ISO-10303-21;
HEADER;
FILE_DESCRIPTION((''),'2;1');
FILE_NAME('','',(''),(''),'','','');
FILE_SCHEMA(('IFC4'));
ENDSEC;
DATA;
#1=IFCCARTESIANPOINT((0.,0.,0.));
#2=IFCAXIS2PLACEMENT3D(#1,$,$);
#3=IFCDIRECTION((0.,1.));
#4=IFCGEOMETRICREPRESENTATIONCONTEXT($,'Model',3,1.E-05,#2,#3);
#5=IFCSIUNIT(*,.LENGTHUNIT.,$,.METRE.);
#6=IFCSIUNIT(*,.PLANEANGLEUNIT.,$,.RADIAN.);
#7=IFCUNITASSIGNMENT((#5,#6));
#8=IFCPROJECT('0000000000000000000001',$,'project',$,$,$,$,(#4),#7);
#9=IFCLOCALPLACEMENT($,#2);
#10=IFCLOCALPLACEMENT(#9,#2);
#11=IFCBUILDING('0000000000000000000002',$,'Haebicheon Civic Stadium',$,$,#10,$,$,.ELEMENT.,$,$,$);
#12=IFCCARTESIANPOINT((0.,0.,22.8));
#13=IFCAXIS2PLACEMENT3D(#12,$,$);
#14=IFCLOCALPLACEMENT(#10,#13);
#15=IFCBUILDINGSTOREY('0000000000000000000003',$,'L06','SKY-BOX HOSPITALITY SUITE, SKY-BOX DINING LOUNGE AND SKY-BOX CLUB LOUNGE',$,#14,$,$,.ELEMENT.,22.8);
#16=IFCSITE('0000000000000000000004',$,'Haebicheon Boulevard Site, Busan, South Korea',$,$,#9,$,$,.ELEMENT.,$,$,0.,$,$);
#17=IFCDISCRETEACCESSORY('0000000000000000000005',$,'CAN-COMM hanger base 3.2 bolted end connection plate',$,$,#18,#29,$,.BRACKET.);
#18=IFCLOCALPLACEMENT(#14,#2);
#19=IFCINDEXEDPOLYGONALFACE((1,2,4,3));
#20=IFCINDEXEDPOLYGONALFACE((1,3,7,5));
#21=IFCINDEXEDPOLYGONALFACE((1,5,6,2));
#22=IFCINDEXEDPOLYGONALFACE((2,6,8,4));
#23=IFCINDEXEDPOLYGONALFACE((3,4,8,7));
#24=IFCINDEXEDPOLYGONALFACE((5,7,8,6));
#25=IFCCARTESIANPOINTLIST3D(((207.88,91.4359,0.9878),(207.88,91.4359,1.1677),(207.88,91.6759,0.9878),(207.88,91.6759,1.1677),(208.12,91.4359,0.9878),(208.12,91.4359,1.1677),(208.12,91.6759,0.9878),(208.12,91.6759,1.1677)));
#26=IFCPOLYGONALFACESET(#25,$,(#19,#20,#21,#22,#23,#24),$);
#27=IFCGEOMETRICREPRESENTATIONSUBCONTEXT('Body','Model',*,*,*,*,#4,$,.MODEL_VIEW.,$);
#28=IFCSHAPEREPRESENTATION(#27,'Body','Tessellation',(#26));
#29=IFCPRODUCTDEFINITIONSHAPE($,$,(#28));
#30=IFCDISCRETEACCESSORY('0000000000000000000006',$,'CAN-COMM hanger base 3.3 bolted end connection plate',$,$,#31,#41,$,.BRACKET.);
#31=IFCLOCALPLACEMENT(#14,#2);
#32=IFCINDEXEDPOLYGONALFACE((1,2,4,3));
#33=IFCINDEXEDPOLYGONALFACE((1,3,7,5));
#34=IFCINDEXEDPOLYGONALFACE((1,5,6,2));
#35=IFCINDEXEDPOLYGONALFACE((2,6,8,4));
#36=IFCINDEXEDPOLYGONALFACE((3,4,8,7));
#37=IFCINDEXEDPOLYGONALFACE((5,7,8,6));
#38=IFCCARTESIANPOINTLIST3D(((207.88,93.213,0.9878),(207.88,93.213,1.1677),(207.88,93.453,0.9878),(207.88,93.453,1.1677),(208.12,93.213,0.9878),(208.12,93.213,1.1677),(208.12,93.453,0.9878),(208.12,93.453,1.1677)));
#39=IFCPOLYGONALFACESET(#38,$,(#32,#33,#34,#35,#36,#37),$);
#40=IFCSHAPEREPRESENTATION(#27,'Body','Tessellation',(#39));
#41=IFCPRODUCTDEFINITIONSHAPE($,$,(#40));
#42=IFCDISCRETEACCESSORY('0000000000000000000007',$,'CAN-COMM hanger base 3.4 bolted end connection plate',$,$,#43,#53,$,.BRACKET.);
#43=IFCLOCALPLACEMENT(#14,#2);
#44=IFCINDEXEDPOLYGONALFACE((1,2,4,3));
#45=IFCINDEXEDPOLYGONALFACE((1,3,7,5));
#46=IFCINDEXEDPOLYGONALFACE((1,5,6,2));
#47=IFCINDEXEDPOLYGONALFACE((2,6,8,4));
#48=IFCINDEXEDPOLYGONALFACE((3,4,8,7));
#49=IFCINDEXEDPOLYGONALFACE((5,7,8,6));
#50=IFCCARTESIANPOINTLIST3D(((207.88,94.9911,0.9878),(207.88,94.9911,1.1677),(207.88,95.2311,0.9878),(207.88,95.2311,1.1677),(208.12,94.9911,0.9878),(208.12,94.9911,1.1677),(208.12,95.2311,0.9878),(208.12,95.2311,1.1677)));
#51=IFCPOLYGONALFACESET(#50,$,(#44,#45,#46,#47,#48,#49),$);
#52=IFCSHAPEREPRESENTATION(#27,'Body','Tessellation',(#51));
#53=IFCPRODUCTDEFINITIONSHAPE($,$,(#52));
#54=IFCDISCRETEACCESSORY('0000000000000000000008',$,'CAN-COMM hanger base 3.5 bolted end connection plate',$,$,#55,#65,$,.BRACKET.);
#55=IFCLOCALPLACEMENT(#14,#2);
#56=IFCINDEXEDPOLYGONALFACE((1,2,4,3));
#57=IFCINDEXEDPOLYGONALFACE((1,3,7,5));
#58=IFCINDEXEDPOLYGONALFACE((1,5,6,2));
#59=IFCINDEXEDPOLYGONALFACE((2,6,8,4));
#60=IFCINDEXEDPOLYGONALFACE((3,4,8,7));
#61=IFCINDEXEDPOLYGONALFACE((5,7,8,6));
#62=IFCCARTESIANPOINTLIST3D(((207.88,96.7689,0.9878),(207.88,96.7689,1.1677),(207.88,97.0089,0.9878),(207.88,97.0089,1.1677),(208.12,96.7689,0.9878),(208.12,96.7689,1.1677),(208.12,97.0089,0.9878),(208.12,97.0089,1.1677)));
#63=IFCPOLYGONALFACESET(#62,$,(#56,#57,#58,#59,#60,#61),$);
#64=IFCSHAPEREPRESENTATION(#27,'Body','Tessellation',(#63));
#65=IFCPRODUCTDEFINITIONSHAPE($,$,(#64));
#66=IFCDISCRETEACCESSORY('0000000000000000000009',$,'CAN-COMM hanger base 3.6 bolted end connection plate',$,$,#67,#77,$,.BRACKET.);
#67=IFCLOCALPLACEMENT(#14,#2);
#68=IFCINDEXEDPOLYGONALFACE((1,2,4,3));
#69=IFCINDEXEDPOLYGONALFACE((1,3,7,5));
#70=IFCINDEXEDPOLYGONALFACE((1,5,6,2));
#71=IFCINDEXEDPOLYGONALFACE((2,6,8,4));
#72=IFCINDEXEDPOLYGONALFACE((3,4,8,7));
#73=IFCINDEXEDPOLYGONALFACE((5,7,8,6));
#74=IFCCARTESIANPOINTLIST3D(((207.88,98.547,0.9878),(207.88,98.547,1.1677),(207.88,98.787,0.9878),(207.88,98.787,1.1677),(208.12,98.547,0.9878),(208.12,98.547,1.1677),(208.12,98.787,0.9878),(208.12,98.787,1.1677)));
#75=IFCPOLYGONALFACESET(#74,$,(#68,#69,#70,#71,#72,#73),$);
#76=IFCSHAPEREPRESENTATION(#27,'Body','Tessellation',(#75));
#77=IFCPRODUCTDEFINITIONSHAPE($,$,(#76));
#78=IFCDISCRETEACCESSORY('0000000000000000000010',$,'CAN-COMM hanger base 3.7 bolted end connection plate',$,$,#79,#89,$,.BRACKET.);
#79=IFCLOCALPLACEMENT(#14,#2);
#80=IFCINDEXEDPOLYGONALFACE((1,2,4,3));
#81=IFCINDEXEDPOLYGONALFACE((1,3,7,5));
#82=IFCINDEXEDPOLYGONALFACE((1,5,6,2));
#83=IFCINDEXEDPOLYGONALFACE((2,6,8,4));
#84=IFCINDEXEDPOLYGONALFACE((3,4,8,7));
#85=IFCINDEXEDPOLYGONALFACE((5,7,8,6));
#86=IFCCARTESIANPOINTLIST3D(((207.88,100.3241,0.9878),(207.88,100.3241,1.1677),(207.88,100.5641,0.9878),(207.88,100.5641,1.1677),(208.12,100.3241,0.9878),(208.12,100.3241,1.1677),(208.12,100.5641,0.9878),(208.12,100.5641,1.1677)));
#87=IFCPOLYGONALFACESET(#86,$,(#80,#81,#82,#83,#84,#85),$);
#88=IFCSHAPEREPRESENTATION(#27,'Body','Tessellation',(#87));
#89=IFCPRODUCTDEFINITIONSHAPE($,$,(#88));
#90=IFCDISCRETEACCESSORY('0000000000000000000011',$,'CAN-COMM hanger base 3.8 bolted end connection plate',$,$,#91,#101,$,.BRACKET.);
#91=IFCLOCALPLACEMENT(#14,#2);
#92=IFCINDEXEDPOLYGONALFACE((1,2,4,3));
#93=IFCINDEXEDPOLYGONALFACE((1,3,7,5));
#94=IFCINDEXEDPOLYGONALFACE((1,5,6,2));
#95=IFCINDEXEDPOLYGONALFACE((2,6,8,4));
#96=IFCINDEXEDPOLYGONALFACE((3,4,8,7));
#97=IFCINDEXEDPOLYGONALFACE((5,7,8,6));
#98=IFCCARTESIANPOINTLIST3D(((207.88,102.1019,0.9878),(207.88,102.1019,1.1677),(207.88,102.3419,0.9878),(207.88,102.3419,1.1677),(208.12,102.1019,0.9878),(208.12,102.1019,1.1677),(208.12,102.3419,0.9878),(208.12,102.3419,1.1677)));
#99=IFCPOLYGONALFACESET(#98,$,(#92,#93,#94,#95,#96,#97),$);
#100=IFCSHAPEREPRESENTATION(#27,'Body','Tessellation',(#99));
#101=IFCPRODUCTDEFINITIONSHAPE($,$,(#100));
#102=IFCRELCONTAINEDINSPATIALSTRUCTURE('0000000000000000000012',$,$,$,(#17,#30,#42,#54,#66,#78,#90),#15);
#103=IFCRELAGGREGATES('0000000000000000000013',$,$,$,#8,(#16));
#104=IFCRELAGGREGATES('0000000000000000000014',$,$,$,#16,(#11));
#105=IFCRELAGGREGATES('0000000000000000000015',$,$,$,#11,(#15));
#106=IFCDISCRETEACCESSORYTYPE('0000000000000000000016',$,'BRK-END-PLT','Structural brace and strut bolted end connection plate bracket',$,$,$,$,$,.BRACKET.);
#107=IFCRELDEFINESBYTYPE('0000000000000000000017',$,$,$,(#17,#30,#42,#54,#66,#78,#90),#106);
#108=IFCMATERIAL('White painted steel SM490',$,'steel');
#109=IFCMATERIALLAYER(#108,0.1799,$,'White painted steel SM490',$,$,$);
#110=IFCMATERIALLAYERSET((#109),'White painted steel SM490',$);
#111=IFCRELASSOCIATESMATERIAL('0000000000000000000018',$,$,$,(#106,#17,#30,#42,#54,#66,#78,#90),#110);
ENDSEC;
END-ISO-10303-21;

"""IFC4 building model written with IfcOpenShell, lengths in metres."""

from ifc_helpers import new_model, si_unit, direction, frame, origin, origin_2d, place, context, subcontext, project, spatial, rectangle, extrude, material, layer, layer_set, type_object, element, save


model = new_model("IFC4")

# Units and contexts
model_context = context("Model", 3, precision=1e-05, world=origin(), true_north=direction((0.0, 1.0)))
body_context = subcontext(model_context, "Body", "Model", "MODEL_VIEW")
ifc_project = project(units=[si_unit("LENGTHUNIT", "METRE"), si_unit("PLANEANGLEUNIT", "RADIAN")], contexts=[model_context])

# Site, building, storey
site_placement = place(None, origin())
site = spatial("IfcSite", under=ifc_project, at=site_placement, Name="Haebicheon Boulevard Site, Busan, South Korea", CompositionType="ELEMENT", RefElevation=0.0)
building_placement = place(site_placement, origin())
building = spatial("IfcBuilding", under=site, at=building_placement, Name="Haebicheon Civic Stadium", CompositionType="ELEMENT")
storey_placement = place(building_placement, frame((0.0, 0.0, 22.8)))
storey = spatial("IfcBuildingStorey", under=building, at=storey_placement, Name="L06", Description="SKY-BOX HOSPITALITY SUITE, SKY-BOX DINING LOUNGE AND SKY-BOX CLUB LOUNGE", CompositionType="ELEMENT", Elevation=22.8)

# Discrete accessories
ifc_material_1 = material(Name="White painted steel SM490", Category="steel")
ifc_layer_1 = layer(ifc_material_1, 0.1799, Name="White painted steel SM490")
ifc_layer_set_1 = layer_set([ifc_layer_1], Name="White painted steel SM490")
discrete_accessory_type = type_object("IfcDiscreteAccessoryType", Name="BRK-END-PLT", Description="Structural brace and strut bolted end connection plate bracket", PredefinedType="BRACKET", material=ifc_layer_set_1)
for number, where, z_axis, x_axis, name in (
    (1, (208.0, 91.5559, 0.9878), (0.0, 0.0, 1.0), (1.0, 0.0, 0.0), "CAN-COMM hanger base 3.2 bolted end connection plate"),
    (2, (208.0, 93.333, 0.9878), (0.0, 0.0, 1.0), (1.0, 0.0, 0.0), "CAN-COMM hanger base 3.3 bolted end connection plate"),
    (3, (208.0, 95.1111, 0.9878), (0.0, 0.0, 1.0), (1.0, 0.0, 0.0), "CAN-COMM hanger base 3.4 bolted end connection plate"),
    (4, (208.0, 96.8889, 0.9878), (0.0, 0.0, 1.0), (1.0, 0.0, 0.0), "CAN-COMM hanger base 3.5 bolted end connection plate"),
    (5, (208.0, 98.667, 0.9878), (0.0, 0.0, 1.0), (1.0, 0.0, 0.0), "CAN-COMM hanger base 3.6 bolted end connection plate"),
    (6, (208.0, 100.4441, 0.9878), (0.0, 0.0, 1.0), (1.0, 0.0, 0.0), "CAN-COMM hanger base 3.7 bolted end connection plate"),
    (7, (208.0, 102.2219, 0.9878), (0.0, 0.0, 1.0), (1.0, 0.0, 0.0), "CAN-COMM hanger base 3.8 bolted end connection plate"),
):
    element("IfcDiscreteAccessory", number, at=place(storey_placement, frame(where, z_axis=z_axis, x_axis=x_axis)), inside=storey, type_object=discrete_accessory_type, material=ifc_layer_set_1, Name=name, PredefinedType="BRACKET", context=body_context, shape_type="SweptSolid", body=[
        extrude(rectangle(XDim=0.24, YDim=0.24, at=origin_2d()), origin(), (0.0, 0.0, 1.0), 0.1799),
    ])

save(model, "model.ifc")
